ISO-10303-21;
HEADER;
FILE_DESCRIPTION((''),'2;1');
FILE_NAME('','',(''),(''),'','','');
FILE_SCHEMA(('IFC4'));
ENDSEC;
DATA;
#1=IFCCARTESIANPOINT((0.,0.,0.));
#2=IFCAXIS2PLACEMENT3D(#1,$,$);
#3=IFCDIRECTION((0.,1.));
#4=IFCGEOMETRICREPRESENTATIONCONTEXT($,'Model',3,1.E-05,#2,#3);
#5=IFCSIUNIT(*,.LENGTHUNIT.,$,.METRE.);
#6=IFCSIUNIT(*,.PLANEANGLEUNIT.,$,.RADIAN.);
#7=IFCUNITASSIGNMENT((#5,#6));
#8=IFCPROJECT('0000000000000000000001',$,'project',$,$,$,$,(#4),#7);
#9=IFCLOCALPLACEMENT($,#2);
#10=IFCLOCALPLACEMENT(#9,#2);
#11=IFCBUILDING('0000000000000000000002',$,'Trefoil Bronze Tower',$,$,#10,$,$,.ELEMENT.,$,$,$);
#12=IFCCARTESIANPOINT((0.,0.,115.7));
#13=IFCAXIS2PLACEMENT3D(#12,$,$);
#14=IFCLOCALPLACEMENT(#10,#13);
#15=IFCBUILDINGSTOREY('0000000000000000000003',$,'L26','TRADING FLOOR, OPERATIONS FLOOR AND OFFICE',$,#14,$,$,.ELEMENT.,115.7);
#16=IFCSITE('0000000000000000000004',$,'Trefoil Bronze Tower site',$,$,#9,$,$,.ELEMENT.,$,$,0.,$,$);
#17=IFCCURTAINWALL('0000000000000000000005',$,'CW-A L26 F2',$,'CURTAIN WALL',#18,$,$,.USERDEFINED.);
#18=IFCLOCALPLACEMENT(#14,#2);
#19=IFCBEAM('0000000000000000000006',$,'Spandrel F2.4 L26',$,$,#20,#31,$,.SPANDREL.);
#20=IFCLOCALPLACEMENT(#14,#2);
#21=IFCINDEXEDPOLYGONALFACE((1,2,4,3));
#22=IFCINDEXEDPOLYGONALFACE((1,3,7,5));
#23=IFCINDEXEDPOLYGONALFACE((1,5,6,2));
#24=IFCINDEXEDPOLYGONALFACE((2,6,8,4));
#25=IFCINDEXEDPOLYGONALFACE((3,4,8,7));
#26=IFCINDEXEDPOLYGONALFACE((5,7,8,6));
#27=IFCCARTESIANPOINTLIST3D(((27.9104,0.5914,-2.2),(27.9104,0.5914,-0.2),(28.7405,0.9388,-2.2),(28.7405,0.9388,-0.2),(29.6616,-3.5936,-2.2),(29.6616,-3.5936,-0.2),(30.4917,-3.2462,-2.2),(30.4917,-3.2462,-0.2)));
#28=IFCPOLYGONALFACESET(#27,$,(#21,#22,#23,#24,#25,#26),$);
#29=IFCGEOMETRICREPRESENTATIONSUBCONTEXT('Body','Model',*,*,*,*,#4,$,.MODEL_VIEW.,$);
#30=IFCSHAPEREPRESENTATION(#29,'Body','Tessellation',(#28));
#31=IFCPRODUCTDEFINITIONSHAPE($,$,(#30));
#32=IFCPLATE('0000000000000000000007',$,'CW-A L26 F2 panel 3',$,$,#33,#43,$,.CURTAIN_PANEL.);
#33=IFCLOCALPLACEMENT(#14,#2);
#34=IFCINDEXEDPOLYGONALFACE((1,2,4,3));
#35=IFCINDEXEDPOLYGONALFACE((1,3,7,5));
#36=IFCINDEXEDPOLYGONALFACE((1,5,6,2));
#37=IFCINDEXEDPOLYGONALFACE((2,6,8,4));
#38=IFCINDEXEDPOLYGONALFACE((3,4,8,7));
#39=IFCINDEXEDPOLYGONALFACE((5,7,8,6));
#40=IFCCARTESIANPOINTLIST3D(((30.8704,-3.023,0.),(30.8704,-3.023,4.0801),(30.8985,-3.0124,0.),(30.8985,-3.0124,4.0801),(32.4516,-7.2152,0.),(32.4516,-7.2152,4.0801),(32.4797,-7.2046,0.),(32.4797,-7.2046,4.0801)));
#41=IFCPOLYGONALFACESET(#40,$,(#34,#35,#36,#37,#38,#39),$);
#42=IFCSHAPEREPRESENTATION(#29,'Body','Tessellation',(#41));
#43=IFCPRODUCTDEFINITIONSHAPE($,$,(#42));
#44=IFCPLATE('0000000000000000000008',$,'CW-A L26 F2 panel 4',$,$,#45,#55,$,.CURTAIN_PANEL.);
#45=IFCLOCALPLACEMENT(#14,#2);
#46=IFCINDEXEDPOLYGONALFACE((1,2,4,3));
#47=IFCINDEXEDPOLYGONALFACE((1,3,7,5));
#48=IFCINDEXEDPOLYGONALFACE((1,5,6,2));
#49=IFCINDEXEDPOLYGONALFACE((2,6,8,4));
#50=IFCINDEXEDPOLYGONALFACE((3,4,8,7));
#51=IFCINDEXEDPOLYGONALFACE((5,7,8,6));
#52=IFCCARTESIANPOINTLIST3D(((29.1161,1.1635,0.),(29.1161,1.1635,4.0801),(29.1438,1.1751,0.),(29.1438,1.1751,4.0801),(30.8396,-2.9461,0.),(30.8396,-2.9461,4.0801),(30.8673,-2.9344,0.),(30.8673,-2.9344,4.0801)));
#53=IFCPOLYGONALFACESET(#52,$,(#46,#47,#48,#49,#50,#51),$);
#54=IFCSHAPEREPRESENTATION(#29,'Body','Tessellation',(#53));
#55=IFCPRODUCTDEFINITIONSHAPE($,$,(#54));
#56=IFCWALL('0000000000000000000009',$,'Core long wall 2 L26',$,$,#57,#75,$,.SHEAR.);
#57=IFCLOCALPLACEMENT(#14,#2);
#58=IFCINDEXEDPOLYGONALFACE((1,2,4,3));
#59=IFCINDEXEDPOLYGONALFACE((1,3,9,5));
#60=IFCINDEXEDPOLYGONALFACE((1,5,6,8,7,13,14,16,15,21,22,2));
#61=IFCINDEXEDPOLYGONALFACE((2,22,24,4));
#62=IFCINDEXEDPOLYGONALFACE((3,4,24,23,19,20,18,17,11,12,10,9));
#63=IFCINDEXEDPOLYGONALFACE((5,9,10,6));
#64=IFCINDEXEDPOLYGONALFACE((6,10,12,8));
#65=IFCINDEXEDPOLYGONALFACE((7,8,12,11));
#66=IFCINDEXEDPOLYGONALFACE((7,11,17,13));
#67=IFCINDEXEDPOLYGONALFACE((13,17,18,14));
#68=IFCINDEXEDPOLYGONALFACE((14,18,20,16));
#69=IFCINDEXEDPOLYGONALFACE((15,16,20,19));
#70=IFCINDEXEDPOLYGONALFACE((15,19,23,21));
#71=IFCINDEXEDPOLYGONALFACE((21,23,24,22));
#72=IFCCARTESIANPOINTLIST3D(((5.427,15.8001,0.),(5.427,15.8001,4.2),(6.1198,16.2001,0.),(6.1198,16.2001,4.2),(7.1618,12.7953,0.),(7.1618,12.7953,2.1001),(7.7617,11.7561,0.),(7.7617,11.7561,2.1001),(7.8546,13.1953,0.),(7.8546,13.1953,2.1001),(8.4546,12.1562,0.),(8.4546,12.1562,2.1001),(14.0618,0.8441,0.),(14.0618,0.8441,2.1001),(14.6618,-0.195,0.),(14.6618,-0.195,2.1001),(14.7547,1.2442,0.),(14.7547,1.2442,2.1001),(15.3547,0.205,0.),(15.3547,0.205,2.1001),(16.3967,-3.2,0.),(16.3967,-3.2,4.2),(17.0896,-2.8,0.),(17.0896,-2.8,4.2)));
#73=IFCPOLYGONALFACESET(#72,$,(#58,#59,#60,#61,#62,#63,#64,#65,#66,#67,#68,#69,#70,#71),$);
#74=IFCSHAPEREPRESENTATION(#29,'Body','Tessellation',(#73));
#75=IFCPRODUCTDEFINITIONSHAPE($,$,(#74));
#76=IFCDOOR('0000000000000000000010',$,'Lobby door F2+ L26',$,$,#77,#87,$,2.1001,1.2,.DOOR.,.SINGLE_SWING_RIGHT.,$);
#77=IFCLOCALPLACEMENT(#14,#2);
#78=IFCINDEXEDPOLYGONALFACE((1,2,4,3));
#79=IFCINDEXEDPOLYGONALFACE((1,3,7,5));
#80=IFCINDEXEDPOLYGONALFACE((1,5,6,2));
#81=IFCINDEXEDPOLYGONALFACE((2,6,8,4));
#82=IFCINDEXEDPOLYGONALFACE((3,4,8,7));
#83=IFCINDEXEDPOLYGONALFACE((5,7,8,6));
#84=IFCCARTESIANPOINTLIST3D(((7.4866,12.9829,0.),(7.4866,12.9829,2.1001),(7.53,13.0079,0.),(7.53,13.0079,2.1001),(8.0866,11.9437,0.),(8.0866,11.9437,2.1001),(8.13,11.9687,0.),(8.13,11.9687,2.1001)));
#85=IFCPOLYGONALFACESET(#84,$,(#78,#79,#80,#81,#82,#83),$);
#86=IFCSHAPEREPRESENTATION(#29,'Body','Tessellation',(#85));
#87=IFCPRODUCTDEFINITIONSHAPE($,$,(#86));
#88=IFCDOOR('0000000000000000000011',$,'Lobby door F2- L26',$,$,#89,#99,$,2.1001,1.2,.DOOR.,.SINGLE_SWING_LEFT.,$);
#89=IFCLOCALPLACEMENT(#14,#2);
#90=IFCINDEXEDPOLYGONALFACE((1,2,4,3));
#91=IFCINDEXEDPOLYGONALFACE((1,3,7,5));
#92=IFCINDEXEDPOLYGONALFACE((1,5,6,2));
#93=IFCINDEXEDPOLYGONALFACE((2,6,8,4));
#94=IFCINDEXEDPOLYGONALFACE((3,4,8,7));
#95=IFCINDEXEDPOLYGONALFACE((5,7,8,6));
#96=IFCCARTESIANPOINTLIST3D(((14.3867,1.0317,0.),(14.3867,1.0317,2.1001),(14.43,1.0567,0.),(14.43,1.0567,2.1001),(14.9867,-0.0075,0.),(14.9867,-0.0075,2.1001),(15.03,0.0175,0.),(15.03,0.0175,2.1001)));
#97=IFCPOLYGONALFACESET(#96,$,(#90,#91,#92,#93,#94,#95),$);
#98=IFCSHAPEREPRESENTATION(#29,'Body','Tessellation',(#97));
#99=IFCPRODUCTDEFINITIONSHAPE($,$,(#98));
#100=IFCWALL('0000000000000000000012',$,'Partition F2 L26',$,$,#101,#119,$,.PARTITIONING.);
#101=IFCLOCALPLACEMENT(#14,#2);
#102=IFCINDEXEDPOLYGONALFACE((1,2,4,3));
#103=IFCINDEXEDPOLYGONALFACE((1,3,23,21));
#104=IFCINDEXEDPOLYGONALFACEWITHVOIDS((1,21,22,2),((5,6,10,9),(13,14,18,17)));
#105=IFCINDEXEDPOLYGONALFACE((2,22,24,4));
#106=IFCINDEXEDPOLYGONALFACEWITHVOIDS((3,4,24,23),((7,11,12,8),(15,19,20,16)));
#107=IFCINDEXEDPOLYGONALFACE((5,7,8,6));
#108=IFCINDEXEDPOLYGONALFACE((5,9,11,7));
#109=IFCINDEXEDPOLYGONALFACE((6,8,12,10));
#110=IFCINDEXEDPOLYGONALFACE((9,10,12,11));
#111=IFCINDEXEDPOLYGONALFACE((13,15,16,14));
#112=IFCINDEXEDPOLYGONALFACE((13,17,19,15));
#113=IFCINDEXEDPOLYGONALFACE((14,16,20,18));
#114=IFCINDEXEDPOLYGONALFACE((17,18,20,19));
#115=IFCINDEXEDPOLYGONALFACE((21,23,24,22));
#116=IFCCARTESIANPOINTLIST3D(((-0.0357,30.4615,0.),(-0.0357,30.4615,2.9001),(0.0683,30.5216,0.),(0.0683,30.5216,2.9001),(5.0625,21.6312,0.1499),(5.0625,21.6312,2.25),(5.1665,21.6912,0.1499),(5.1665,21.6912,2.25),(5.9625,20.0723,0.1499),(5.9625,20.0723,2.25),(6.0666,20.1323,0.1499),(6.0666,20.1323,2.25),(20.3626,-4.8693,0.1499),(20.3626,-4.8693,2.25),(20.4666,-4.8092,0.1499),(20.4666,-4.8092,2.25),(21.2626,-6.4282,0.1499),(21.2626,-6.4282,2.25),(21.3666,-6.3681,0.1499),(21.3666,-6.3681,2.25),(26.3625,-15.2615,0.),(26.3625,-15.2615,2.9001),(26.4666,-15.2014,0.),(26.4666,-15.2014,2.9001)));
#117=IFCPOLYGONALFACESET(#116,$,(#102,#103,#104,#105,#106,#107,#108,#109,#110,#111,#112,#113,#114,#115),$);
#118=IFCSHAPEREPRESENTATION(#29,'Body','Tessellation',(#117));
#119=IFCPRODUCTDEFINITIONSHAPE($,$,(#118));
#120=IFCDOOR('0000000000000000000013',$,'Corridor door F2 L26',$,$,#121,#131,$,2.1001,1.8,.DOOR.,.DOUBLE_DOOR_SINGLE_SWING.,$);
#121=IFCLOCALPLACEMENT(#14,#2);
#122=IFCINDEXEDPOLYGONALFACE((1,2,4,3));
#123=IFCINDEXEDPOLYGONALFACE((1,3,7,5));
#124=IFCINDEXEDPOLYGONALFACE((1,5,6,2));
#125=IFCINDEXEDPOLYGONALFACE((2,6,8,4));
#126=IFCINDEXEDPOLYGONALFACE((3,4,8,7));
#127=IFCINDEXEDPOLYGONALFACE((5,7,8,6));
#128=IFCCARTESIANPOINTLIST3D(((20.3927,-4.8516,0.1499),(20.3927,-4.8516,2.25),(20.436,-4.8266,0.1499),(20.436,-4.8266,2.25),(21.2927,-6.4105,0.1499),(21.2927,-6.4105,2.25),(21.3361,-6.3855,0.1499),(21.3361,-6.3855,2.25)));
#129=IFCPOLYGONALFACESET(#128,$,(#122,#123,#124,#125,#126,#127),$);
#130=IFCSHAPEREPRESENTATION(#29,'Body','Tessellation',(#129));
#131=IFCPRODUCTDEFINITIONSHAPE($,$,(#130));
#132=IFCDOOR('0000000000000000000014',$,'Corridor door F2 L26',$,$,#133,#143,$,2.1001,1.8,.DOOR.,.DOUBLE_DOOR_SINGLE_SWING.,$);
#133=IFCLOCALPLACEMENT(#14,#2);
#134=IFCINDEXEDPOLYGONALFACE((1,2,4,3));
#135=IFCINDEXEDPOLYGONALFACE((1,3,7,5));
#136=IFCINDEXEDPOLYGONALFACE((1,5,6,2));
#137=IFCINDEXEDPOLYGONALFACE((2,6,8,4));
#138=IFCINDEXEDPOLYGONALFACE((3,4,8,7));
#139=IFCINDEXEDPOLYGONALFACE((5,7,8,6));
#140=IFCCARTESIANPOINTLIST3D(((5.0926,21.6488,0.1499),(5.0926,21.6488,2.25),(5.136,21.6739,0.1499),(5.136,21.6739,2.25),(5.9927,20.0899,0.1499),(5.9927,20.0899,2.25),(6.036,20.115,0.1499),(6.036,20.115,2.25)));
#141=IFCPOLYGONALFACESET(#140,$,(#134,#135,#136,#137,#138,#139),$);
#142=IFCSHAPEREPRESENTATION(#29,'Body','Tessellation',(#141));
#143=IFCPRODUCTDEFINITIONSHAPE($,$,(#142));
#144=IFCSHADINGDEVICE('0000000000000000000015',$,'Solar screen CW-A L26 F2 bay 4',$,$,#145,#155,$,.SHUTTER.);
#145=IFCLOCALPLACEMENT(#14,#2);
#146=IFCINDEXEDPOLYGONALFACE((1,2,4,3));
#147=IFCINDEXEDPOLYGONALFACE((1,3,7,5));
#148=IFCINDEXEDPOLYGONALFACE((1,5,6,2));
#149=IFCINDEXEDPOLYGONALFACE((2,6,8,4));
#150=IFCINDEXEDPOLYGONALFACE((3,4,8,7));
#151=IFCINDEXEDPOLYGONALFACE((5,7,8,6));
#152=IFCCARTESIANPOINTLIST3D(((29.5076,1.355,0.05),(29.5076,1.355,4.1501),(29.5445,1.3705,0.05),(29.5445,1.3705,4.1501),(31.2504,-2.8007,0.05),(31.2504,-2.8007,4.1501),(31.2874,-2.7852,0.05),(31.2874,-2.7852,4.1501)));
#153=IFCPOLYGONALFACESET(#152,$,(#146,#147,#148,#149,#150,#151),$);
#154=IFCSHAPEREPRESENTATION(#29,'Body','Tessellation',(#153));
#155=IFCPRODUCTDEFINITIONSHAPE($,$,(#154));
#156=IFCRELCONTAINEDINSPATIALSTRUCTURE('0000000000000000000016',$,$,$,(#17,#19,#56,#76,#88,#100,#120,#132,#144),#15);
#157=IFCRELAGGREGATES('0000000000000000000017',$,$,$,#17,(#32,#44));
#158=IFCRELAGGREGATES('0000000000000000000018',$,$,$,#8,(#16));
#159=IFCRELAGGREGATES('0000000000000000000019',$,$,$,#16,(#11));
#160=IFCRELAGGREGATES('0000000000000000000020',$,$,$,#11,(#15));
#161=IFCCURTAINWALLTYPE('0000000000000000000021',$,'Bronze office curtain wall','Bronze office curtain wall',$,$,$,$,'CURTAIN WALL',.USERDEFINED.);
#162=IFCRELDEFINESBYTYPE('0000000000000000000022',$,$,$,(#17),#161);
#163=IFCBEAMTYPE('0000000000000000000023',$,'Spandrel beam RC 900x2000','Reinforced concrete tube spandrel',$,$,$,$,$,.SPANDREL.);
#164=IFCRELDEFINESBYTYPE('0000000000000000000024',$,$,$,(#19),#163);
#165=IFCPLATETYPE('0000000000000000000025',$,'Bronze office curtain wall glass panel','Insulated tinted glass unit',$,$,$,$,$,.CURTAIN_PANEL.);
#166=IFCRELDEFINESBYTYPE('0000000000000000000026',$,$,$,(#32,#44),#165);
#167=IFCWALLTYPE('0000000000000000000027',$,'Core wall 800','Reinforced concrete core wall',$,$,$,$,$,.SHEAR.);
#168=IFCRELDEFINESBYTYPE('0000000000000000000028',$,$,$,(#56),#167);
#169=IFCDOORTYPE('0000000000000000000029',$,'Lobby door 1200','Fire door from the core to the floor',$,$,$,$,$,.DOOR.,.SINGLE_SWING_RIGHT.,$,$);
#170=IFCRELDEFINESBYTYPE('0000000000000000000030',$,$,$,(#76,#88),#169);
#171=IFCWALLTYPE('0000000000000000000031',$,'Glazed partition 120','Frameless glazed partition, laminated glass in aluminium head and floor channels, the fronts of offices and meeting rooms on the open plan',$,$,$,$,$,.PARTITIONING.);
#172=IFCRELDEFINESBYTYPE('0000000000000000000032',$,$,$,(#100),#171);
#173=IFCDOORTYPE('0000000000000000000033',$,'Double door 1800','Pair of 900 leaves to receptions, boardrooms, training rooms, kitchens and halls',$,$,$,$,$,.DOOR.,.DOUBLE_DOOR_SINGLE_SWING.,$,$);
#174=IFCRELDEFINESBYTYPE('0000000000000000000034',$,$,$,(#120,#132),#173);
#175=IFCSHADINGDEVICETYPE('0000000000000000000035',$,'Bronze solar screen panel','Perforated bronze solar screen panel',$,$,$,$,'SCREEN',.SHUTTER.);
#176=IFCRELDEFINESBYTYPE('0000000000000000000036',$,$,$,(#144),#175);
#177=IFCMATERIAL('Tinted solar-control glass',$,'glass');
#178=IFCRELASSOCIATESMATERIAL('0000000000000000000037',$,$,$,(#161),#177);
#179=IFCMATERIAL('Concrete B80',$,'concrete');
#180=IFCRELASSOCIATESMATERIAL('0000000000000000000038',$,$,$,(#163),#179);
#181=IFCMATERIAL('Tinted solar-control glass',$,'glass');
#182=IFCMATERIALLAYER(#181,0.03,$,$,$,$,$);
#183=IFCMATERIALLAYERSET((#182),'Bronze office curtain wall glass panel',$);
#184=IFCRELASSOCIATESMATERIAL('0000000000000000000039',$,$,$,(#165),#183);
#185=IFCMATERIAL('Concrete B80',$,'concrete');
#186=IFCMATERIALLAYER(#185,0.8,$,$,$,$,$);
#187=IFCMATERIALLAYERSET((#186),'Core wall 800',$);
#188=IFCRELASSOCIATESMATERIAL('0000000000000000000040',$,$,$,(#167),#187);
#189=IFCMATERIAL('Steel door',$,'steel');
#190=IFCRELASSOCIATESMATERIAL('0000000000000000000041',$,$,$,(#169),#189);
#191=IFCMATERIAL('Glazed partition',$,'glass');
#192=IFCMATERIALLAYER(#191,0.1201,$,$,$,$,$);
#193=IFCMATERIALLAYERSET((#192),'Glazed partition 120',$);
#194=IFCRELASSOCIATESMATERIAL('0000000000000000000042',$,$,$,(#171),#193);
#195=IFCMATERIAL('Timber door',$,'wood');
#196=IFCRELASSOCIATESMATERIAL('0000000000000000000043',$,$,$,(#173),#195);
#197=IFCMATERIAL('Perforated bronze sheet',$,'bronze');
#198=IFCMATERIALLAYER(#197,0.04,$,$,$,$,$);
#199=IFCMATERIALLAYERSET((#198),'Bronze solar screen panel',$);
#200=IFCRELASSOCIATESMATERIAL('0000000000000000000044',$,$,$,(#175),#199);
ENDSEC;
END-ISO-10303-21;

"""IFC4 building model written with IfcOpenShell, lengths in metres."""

from ifc_helpers import new_model, si_unit, direction, frame, frame_2d, origin, origin_2d, place, context, subcontext, project, spatial, rectangle, extrude, material, layer, layer_set, material_profile, profile_set, type_object, element, fill, aggregate, save


model = new_model("IFC4")

# Units and contexts
model_context = context("Model", 3, precision=1e-05, world=origin(), true_north=direction((0.0, 1.0)))
body_context = subcontext(model_context, "Body", "Model", "MODEL_VIEW")
ifc_project = project(units=[si_unit("LENGTHUNIT", "METRE"), si_unit("PLANEANGLEUNIT", "RADIAN")], contexts=[model_context])

# Site, building, storey
site_placement = place(None, origin())
site = spatial("IfcSite", under=ifc_project, at=site_placement, Name="Trefoil Bronze Tower site", CompositionType="ELEMENT", RefElevation=0.0)
building_placement = place(site_placement, origin())
building = spatial("IfcBuilding", under=site, at=building_placement, Name="Trefoil Bronze Tower", CompositionType="ELEMENT")
storey_placement = place(building_placement, frame((0.0, 0.0, 115.7)))
storey = spatial("IfcBuildingStorey", under=building, at=storey_placement, Name="L26", Description="TRADING FLOOR, OPERATIONS FLOOR AND OFFICE", CompositionType="ELEMENT", Elevation=115.7)

# Curtain wall
ifc_material_1 = material(Name="Tinted solar-control glass", Category="glass")
curtain_wall_type = type_object("IfcCurtainWallType", Name="Bronze office curtain wall", Description="Bronze office curtain wall", ElementType="CURTAIN WALL", PredefinedType="USERDEFINED", material=ifc_material_1)
curtain_wall_placement = place(storey_placement, origin())
curtain_wall = element("IfcCurtainWall", 1, at=curtain_wall_placement, inside=storey, type_object=curtain_wall_type, Name="CW-A L26 F2", ObjectType="CURTAIN WALL", PredefinedType="USERDEFINED")

# Beam
ifc_material_2 = material(Name="Concrete B80", Category="concrete")
ifc_material_profile_1 = material_profile(ifc_material_2, rectangle(XDim=0.8999, YDim=2.0, at=origin_2d()), Name="RC 900x2000")
ifc_profile_set_1 = profile_set([ifc_material_profile_1], Name="Concrete B80")
beam_type_1 = type_object("IfcBeamType", Name="Spandrel beam RC 900x2000", Description="Reinforced concrete tube spandrel", PredefinedType="SPANDREL", material=ifc_profile_set_1)
beam_1_placement = place(storey_placement, frame((30.0767, -3.4199, -1.2), z_axis=(-0.386013, 0.922493, 0.0), x_axis=(-0.922493, -0.386013, 0.0)))
element("IfcBeam", 2, at=beam_1_placement, inside=storey, type_object=beam_type_1, Name="Spandrel F2.4 L26", PredefinedType="SPANDREL", context=body_context, shape_type="SweptSolid", body=[
    extrude(rectangle(XDim=0.8999, YDim=2.0, at=origin_2d()), origin(), (0.0, 0.0, 1.0), 4.5366),
])

# Plates
ifc_material_3 = material(Name="Tinted solar-control glass", Category="glass")
ifc_layer_1 = layer(ifc_material_3, 0.03)
ifc_layer_set_1 = layer_set([ifc_layer_1], Name="Bronze office curtain wall glass panel")
plate_type = type_object("IfcPlateType", Name="Bronze office curtain wall glass panel", Description="Insulated tinted glass unit", PredefinedType="CURTAIN_PANEL", material=ifc_layer_set_1)
plate_1_placement = place(storey_placement, frame((31.675, -5.1138, 0.0), z_axis=(0.0, 0.0, 1.0), x_axis=(-0.35292, 0.935654, 0.0)))
plate_1 = element("IfcPlate", 3, at=plate_1_placement, type_object=plate_type, Name="CW-A L26 F2 panel 3", PredefinedType="CURTAIN_PANEL", context=body_context, shape_type="SweptSolid", body=[
    extrude(rectangle(XDim=4.4805, YDim=0.03, at=origin_2d()), origin(), (0.0, 0.0, 1.0), 4.0801),
])
plate_2_placement = place(storey_placement, frame((29.9917, -0.8855, 0.0), z_axis=(0.0, 0.0, 1.0), x_axis=(-0.386759, 0.922181, 0.0)))
plate_2 = element("IfcPlate", 4, at=plate_2_placement, type_object=plate_type, Name="CW-A L26 F2 panel 4", PredefinedType="CURTAIN_PANEL", context=body_context, shape_type="SweptSolid", body=[
    extrude(rectangle(XDim=4.4563, YDim=0.03, at=origin_2d()), origin(), (0.0, 0.0, 1.0), 4.0801),
])
aggregate(curtain_wall, [plate_1, plate_2])

# Walls, openings, doors
ifc_material_4 = material(Name="Concrete B80", Category="concrete")
ifc_layer_2 = layer(ifc_material_4, 0.8)
ifc_layer_set_2 = layer_set([ifc_layer_2], Name="Core wall 800")
wall_type_1 = type_object("IfcWallType", Name="Core wall 800", Description="Reinforced concrete core wall", PredefinedType="SHEAR", material=ifc_layer_set_2)
wall_1_placement = place(storey_placement, frame((16.7432, -3.0, 0.0), z_axis=(0.0, 0.0, 1.0), x_axis=(-0.500002, 0.866024, 0.0)))
wall_1 = element("IfcWall", 5, at=wall_1_placement, inside=storey, type_object=wall_type_1, Name="Core long wall 2 L26", PredefinedType="SHEAR", context=body_context, shape_type="SweptSolid", body=[
    extrude(rectangle(XDim=21.9395, YDim=0.8, at=frame_2d((10.9697, 0.0))), origin(), (0.0, 0.0, 1.0), 4.2),
])
opening_1_placement = place(wall_1_placement, frame((17.2698, 0.0, 0.0)))
opening_1 = element("IfcOpeningElement", 6, at=opening_1_placement, cuts=wall_1, PredefinedType="OPENING", context=body_context, shape_type="SweptSolid", body=[
    extrude(rectangle(XDim=1.2, YDim=2.1001, at=frame_2d((0.6001, 1.05))), frame((0.0, 0.4099, 0.0), z_axis=(0.0, -1.0, 0.0), x_axis=(1.0, 0.0, 0.0)), (0.0, 0.0, 1.0), 0.8201),
])
opening_2_placement = place(wall_1_placement, frame((3.4697, 0.0, 0.0)))
opening_2 = element("IfcOpeningElement", 7, at=opening_2_placement, cuts=wall_1, PredefinedType="OPENING", context=body_context, shape_type="SweptSolid", body=[
    extrude(rectangle(XDim=1.2, YDim=2.1001, at=frame_2d((0.6001, 1.05))), frame((0.0, 0.4099, 0.0), z_axis=(0.0, -1.0, 0.0), x_axis=(1.0, 0.0, 0.0)), (0.0, 0.0, 1.0), 0.8201),
])
ifc_material_5 = material(Name="Steel door", Category="steel")
door_type_1 = type_object("IfcDoorType", Name="Lobby door 1200", Description="Fire door from the core to the floor", OperationType="SINGLE_SWING_RIGHT", PredefinedType="DOOR", material=ifc_material_5)
door_1_placement = place(opening_1_placement, origin())
door_1 = element("IfcDoor", 8, at=door_1_placement, inside=storey, type_object=door_type_1, Name="Lobby door F2+ L26", OperationType="SINGLE_SWING_RIGHT", OverallHeight=2.1001, OverallWidth=1.2, PredefinedType="DOOR", context=body_context, shape_type="SweptSolid", body=[
    extrude(rectangle(XDim=1.2, YDim=2.1001, at=frame_2d((0.6001, 1.05))), frame((0.0, 0.0249, 0.0), z_axis=(0.0, -1.0, 0.0), x_axis=(1.0, 0.0, 0.0)), (0.0, 0.0, 1.0), 0.05),
])
fill(opening_1, door_1)
door_2_placement = place(opening_2_placement, origin())
door_2 = element("IfcDoor", 9, at=door_2_placement, inside=storey, type_object=door_type_1, Name="Lobby door F2- L26", OperationType="SINGLE_SWING_LEFT", OverallHeight=2.1001, OverallWidth=1.2, PredefinedType="DOOR", context=body_context, shape_type="SweptSolid", body=[
    extrude(rectangle(XDim=1.2, YDim=2.1001, at=frame_2d((0.6001, 1.05))), frame((0.0, 0.0249, 0.0), z_axis=(0.0, -1.0, 0.0), x_axis=(1.0, 0.0, 0.0)), (0.0, 0.0, 1.0), 0.05),
])
fill(opening_2, door_2)
ifc_material_6 = material(Name="Glazed partition", Category="glass")
ifc_layer_3 = layer(ifc_material_6, 0.1201)
ifc_layer_set_3 = layer_set([ifc_layer_3], Name="Glazed partition 120")
wall_type_2 = type_object("IfcWallType", Name="Glazed partition 120", Description="Frameless glazed partition, laminated glass in aluminium head and floor channels, the fronts of offices and meeting rooms on the open plan", PredefinedType="PARTITIONING", material=ifc_layer_set_3)
wall_2_placement = place(storey_placement, frame((26.4146, -15.2314, 0.0), z_axis=(0.0, 0.0, 1.0), x_axis=(-0.500001, 0.866025, 0.0)))
wall_2 = element("IfcWall", 10, at=wall_2_placement, inside=storey, type_object=wall_type_2, Name="Partition F2 L26", PredefinedType="PARTITIONING", context=body_context, shape_type="SweptSolid", body=[
    extrude(rectangle(XDim=52.7964, YDim=0.1201, at=frame_2d((26.3982, 0.0))), origin(), (0.0, 0.0, 1.0), 2.9001),
])
opening_3_placement = place(wall_2_placement, frame((10.2, 0.0, 0.1499)))
opening_3 = element("IfcOpeningElement", 11, at=opening_3_placement, cuts=wall_2, PredefinedType="OPENING", context=body_context, shape_type="SweptSolid", body=[
    extrude(rectangle(XDim=1.8, YDim=2.1001, at=frame_2d((0.8999, 1.05))), frame((0.0, 0.0701, 0.0), z_axis=(0.0, -1.0, 0.0), x_axis=(1.0, 0.0, 0.0)), (0.0, 0.0, 1.0), 0.1401),
])
opening_4_placement = place(wall_2_placement, frame((40.8, 0.0, 0.1499)))
opening_4 = element("IfcOpeningElement", 12, at=opening_4_placement, cuts=wall_2, PredefinedType="OPENING", context=body_context, shape_type="SweptSolid", body=[
    extrude(rectangle(XDim=1.8, YDim=2.1001, at=frame_2d((0.8999, 1.05))), frame((0.0, 0.0701, 0.0), z_axis=(0.0, -1.0, 0.0), x_axis=(1.0, 0.0, 0.0)), (0.0, 0.0, 1.0), 0.1401),
])
ifc_material_7 = material(Name="Timber door", Category="wood")
door_type_2 = type_object("IfcDoorType", Name="Double door 1800", Description="Pair of 900 leaves to receptions, boardrooms, training rooms, kitchens and halls", OperationType="DOUBLE_DOOR_SINGLE_SWING", PredefinedType="DOOR", material=ifc_material_7)
door_3_placement = place(opening_3_placement, frame((1.8, 0.0, 0.0), z_axis=(0.0, 0.0, 1.0), x_axis=(-1.0, 0.0, 0.0)))
door_3 = element("IfcDoor", 13, at=door_3_placement, inside=storey, type_object=door_type_2, Name="Corridor door F2 L26", OperationType="DOUBLE_DOOR_SINGLE_SWING", OverallHeight=2.1001, OverallWidth=1.8, PredefinedType="DOOR", context=body_context, shape_type="SweptSolid", body=[
    extrude(rectangle(XDim=1.8, YDim=2.1001, at=frame_2d((0.8999, 1.05))), frame((0.0, 0.0249, 0.0), z_axis=(0.0, -1.0, 0.0), x_axis=(1.0, 0.0, 0.0)), (0.0, 0.0, 1.0), 0.05),
])
fill(opening_3, door_3)
door_4_placement = place(opening_4_placement, frame((1.8, 0.0, 0.0), z_axis=(0.0, 0.0, 1.0), x_axis=(-1.0, 0.0, 0.0)))
door_4 = element("IfcDoor", 14, at=door_4_placement, inside=storey, type_object=door_type_2, Name="Corridor door F2 L26", OperationType="DOUBLE_DOOR_SINGLE_SWING", OverallHeight=2.1001, OverallWidth=1.8, PredefinedType="DOOR", context=body_context, shape_type="SweptSolid", body=[
    extrude(rectangle(XDim=1.8, YDim=2.1001, at=frame_2d((0.8999, 1.05))), frame((0.0, 0.0249, 0.0), z_axis=(0.0, -1.0, 0.0), x_axis=(1.0, 0.0, 0.0)), (0.0, 0.0, 1.0), 0.05),
])
fill(opening_4, door_4)

# Shading device
ifc_material_8 = material(Name="Perforated bronze sheet", Category="bronze")
ifc_layer_4 = layer(ifc_material_8, 0.04)
ifc_layer_set_4 = layer_set([ifc_layer_4], Name="Bronze solar screen panel")
shading_device_type = type_object("IfcShadingDeviceType", Name="Bronze solar screen panel", Description="Perforated bronze solar screen panel", ElementType="SCREEN", PredefinedType="SHUTTER", material=ifc_layer_set_4)
shading_device_placement = place(storey_placement, frame((30.3975, -0.7151, 0.05), z_axis=(0.0, 0.0, 1.0), x_axis=(-0.386759, 0.922181, 0.0)))
element("IfcShadingDevice", 15, at=shading_device_placement, inside=storey, type_object=shading_device_type, Name="Solar screen CW-A L26 F2 bay 4", PredefinedType="SHUTTER", context=body_context, shape_type="SweptSolid", body=[
    extrude(rectangle(XDim=4.5063, YDim=0.04, at=origin_2d()), origin(), (0.0, 0.0, 1.0), 4.1001),
])

save(model, "model.ifc")
